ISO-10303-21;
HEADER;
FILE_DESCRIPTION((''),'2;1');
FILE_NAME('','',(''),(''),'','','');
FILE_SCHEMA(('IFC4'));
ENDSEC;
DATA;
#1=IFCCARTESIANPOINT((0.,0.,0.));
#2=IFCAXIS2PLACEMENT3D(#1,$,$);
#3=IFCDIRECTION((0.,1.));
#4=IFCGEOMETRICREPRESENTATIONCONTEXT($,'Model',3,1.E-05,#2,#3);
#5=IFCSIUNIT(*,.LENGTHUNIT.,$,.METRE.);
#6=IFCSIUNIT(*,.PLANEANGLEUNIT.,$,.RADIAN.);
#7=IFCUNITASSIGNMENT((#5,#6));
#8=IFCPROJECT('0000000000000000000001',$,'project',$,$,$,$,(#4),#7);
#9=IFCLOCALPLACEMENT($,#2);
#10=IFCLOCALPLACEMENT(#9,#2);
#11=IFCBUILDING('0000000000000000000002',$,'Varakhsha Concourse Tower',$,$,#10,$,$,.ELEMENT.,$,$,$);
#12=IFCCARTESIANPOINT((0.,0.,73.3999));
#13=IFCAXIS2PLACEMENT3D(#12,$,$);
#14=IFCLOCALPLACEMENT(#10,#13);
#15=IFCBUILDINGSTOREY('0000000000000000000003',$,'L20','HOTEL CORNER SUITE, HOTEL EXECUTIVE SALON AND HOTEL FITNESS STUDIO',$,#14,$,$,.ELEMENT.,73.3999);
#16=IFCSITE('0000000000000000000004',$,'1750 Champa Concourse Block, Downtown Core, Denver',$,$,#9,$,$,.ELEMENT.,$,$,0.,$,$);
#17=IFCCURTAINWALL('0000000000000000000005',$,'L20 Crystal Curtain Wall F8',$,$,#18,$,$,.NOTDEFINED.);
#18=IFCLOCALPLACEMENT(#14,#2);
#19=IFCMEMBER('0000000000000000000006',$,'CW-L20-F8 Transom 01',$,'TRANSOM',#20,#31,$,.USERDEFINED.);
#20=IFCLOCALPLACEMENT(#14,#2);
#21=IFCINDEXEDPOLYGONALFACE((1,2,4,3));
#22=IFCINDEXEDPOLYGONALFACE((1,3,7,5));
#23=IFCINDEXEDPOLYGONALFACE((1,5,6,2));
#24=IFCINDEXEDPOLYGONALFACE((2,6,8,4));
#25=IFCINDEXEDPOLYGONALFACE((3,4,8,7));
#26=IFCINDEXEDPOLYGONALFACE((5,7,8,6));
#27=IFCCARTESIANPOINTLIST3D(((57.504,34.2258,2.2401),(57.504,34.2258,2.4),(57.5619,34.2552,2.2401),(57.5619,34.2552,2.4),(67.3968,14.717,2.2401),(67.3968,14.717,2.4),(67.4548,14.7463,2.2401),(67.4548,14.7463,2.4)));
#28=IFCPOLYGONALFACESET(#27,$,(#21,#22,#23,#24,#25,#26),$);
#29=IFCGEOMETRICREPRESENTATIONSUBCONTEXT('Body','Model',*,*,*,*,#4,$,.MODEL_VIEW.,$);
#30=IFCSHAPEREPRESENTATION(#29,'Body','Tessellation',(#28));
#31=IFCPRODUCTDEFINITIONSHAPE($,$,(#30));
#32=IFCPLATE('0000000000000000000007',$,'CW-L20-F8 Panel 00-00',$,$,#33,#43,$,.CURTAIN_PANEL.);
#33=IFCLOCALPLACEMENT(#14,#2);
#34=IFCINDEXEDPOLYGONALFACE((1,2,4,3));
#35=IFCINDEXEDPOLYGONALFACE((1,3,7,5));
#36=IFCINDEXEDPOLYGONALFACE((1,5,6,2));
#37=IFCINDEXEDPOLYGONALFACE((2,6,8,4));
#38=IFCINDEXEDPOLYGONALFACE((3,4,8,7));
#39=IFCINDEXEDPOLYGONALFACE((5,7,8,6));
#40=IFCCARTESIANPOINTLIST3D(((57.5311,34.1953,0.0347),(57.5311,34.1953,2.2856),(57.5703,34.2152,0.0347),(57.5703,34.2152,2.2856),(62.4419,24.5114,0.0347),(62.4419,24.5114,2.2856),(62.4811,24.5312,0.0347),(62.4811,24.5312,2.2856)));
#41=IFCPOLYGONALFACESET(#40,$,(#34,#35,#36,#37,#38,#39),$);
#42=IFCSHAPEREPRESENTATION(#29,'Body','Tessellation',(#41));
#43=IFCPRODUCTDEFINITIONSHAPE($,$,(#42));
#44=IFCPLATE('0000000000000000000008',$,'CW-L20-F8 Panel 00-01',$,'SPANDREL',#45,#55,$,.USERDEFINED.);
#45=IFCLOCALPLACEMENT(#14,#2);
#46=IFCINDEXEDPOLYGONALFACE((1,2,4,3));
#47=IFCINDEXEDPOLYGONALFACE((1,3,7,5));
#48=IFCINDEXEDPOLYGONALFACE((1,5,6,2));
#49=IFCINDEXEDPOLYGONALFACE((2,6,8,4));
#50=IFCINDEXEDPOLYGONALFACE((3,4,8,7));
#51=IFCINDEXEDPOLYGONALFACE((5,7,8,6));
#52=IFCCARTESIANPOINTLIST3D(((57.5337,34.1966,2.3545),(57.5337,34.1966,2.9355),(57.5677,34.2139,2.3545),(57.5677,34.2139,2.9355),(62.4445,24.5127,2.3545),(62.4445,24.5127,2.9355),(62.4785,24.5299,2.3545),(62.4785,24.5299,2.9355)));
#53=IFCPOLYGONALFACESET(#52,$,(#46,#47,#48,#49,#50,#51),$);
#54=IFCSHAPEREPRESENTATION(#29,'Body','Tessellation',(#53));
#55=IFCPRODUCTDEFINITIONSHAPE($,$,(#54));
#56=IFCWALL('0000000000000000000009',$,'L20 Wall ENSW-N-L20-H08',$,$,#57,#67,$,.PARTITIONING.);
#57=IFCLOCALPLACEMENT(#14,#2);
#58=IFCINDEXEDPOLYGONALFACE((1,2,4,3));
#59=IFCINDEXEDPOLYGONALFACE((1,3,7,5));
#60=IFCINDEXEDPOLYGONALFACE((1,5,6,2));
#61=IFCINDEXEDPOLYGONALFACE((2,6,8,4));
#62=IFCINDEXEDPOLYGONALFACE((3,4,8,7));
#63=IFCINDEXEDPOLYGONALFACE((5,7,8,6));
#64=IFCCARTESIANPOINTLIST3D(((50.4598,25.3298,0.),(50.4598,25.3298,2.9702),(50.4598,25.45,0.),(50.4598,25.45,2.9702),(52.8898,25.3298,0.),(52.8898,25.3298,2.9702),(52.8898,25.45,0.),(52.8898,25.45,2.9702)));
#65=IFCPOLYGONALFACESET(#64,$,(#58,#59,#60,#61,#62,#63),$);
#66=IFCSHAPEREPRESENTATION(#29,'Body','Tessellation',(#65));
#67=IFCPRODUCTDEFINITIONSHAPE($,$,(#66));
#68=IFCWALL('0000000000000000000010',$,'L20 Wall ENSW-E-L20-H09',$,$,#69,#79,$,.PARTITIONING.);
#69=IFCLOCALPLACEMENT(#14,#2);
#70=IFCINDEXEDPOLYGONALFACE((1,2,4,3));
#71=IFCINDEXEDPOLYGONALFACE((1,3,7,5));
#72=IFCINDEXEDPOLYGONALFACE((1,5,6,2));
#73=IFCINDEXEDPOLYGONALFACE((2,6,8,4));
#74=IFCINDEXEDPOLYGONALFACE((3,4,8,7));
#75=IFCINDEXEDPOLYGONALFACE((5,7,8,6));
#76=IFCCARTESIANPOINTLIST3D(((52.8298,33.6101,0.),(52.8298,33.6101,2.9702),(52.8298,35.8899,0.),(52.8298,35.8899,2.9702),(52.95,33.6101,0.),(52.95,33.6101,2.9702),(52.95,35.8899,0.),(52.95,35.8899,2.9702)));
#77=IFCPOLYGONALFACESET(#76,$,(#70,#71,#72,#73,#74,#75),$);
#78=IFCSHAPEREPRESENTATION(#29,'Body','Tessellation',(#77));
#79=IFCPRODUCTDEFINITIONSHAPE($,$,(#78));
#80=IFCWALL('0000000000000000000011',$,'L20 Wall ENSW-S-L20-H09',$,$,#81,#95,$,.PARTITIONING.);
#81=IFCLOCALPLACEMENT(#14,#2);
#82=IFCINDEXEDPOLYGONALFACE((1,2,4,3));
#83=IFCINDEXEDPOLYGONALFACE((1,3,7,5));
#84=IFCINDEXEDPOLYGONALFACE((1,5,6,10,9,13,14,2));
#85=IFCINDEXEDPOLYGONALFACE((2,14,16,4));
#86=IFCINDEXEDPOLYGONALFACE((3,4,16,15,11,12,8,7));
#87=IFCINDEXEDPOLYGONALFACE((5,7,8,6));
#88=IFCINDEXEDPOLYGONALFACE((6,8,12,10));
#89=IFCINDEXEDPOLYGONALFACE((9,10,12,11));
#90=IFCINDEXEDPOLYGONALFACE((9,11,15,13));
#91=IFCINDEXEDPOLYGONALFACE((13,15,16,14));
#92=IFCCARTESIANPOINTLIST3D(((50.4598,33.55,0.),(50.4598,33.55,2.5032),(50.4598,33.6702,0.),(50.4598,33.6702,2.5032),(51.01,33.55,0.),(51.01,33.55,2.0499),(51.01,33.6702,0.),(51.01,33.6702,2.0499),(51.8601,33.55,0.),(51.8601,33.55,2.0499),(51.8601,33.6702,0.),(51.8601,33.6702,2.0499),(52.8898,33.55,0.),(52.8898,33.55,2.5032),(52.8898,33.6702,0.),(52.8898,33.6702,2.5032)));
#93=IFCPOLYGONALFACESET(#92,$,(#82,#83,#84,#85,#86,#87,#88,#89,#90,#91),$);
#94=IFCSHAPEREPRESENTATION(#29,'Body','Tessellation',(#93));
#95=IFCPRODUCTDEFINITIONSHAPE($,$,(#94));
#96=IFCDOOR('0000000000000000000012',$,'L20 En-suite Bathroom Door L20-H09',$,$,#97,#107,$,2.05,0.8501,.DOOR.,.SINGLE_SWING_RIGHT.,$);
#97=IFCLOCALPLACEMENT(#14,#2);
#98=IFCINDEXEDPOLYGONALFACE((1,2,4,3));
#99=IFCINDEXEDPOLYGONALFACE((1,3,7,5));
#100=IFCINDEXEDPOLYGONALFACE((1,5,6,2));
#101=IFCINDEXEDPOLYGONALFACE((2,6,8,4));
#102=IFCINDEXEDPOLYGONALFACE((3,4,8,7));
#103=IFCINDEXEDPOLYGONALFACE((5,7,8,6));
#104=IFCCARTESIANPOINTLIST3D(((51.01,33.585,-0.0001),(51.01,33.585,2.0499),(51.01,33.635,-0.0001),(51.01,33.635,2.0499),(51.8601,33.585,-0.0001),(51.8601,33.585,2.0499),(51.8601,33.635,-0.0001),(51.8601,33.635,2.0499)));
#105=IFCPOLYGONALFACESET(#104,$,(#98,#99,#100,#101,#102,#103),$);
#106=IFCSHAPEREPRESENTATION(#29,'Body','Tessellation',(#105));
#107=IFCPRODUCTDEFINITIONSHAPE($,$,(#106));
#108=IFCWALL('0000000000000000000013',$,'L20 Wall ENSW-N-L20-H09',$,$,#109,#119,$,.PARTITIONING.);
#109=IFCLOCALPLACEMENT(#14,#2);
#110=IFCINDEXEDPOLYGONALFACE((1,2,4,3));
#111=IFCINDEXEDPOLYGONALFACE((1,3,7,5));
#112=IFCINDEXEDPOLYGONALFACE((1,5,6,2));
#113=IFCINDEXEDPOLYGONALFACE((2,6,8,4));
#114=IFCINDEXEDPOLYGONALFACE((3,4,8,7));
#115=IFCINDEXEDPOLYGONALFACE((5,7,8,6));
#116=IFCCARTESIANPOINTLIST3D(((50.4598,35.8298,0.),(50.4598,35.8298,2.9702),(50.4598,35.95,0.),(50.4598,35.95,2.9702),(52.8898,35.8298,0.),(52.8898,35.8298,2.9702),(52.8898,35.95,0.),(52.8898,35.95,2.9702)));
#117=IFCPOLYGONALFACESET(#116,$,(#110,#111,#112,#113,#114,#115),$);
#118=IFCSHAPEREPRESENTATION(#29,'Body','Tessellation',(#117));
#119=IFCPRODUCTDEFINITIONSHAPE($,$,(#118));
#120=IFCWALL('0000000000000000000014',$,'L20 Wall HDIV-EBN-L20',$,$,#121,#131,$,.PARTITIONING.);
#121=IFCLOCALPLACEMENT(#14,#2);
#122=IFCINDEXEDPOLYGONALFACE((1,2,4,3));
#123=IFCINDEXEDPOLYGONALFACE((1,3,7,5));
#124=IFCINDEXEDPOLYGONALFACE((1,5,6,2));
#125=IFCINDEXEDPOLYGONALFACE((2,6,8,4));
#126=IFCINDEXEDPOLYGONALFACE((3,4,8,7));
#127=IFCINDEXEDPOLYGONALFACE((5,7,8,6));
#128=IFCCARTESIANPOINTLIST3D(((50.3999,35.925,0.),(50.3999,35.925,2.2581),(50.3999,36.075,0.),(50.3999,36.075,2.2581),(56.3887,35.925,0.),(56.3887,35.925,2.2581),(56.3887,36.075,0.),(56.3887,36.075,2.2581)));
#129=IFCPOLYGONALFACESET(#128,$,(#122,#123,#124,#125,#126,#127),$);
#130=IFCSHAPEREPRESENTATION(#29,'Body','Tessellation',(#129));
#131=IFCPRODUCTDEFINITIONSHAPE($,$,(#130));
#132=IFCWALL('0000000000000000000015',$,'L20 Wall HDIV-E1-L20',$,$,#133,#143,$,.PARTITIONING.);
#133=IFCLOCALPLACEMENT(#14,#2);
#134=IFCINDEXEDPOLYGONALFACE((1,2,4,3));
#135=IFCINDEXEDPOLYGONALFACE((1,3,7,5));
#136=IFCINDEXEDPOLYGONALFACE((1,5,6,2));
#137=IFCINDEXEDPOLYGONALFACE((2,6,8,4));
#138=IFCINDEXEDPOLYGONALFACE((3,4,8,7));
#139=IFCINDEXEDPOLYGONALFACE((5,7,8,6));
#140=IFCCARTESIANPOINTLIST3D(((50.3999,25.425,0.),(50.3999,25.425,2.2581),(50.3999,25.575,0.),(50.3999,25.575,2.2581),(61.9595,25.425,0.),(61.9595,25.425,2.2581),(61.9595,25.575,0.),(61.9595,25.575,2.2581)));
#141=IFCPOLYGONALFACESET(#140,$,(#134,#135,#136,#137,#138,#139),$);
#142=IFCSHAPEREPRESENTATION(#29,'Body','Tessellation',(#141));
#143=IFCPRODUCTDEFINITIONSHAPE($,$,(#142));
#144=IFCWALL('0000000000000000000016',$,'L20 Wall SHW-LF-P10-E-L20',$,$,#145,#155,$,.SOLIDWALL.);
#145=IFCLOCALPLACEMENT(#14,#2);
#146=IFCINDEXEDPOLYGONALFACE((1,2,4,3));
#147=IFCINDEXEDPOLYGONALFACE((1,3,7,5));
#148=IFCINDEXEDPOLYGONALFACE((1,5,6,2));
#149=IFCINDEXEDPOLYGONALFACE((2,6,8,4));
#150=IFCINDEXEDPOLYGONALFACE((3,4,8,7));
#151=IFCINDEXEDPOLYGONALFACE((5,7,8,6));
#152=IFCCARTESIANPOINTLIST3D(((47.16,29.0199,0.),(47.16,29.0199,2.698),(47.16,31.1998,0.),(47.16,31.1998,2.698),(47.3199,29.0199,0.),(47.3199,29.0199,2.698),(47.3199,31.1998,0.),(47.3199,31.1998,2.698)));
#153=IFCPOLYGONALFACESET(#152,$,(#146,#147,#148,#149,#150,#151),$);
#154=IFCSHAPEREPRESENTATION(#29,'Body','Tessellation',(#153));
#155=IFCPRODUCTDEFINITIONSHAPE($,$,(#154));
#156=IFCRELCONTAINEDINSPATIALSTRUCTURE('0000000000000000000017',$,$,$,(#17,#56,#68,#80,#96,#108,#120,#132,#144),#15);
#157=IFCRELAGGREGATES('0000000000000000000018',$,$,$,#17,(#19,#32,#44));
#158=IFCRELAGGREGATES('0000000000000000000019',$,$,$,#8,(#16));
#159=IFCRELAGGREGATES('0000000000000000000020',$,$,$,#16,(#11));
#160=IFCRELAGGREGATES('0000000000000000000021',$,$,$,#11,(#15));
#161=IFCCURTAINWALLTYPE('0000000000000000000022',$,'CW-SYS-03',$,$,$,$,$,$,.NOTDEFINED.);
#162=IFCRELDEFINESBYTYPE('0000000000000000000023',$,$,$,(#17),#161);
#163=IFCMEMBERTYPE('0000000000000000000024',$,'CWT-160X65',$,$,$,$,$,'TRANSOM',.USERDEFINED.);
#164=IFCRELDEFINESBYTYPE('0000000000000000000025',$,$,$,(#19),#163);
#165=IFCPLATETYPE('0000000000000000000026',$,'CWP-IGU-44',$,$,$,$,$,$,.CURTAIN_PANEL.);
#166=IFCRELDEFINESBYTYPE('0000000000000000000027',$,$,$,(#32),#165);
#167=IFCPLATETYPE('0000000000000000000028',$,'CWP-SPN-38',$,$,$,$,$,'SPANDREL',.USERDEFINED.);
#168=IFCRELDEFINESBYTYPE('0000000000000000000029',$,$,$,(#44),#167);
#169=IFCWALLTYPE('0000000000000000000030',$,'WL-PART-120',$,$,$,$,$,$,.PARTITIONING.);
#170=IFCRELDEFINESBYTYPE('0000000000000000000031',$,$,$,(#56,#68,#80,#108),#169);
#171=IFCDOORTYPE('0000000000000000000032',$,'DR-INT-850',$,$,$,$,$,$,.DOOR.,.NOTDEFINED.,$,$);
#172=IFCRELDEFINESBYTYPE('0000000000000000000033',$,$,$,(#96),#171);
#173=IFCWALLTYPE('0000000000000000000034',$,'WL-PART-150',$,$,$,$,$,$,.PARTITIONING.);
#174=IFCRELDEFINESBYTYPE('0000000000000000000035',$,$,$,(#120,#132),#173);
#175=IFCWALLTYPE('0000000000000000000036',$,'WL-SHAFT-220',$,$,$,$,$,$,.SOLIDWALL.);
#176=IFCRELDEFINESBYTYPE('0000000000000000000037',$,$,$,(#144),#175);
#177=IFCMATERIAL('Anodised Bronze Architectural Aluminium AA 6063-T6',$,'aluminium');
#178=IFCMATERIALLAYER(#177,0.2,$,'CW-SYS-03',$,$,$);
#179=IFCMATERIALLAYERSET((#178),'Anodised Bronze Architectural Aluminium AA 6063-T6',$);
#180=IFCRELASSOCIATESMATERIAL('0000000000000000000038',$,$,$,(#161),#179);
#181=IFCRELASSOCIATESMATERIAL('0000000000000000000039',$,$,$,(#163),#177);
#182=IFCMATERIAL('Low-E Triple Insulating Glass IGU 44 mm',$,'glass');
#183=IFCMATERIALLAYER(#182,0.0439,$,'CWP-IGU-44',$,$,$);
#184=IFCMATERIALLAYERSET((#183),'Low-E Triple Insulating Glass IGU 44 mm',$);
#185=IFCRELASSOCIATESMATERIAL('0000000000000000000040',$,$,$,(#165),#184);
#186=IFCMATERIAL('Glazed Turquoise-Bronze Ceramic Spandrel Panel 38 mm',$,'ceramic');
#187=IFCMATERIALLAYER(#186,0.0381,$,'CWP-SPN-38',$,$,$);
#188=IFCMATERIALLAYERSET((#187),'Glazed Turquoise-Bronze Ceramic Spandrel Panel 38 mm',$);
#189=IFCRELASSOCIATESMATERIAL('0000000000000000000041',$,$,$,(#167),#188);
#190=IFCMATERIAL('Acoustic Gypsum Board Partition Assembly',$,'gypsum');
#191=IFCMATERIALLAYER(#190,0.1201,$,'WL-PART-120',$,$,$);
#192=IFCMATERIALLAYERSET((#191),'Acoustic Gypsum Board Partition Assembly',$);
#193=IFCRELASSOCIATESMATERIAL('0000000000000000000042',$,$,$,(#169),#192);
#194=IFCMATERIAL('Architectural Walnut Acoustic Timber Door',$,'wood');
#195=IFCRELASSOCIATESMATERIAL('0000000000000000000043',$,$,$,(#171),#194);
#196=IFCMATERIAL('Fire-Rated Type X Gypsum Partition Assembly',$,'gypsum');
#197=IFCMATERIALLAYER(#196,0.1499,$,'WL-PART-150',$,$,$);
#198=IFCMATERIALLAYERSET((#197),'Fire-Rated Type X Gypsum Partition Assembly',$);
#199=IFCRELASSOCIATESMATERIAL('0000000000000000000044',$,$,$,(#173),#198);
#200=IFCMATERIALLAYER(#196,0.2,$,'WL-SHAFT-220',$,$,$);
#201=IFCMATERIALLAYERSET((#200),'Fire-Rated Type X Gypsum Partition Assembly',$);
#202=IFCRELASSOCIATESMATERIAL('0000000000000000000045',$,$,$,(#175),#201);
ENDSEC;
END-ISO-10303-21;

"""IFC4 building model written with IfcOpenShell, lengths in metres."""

from ifc_helpers import new_model, si_unit, direction, frame, frame_2d, origin, origin_2d, place, context, subcontext, project, spatial, rectangle, extrude, source, transform, mapped, material, layer, layer_set, material_profile, profile_set, type_object, type_shapes, element, fill, aggregate, save


model = new_model("IFC4")

# Units and contexts
model_context = context("Model", 3, precision=1e-05, world=origin(), true_north=direction((0.0, 1.0)))
body_context = subcontext(model_context, "Body", "Model", "MODEL_VIEW")
ifc_project = project(units=[si_unit("LENGTHUNIT", "METRE"), si_unit("PLANEANGLEUNIT", "RADIAN")], contexts=[model_context])

# Site, building, storey
site_placement = place(None, origin())
site = spatial("IfcSite", under=ifc_project, at=site_placement, Name="1750 Champa Concourse Block, Downtown Core, Denver", CompositionType="ELEMENT", RefElevation=0.0)
building_placement = place(site_placement, origin())
building = spatial("IfcBuilding", under=site, at=building_placement, Name="Varakhsha Concourse Tower", CompositionType="ELEMENT")
storey_placement = place(building_placement, frame((0.0, 0.0, 73.3999)))
storey = spatial("IfcBuildingStorey", under=building, at=storey_placement, Name="L20", Description="HOTEL CORNER SUITE, HOTEL EXECUTIVE SALON AND HOTEL FITNESS STUDIO", CompositionType="ELEMENT", Elevation=73.3999)

# Curtain wall
ifc_material_1 = material(Name="Anodised Bronze Architectural Aluminium AA 6063-T6", Category="aluminium")
ifc_layer_1 = layer(ifc_material_1, 0.2, Name="CW-SYS-03")
ifc_layer_set_1 = layer_set([ifc_layer_1], Name="Anodised Bronze Architectural Aluminium AA 6063-T6")
curtain_wall_type = type_object("IfcCurtainWallType", Name="CW-SYS-03", PredefinedType="NOTDEFINED", material=ifc_layer_set_1)
curtain_wall_1_placement = place(storey_placement, origin())
curtain_wall_1 = element("IfcCurtainWall", 1, at=curtain_wall_1_placement, inside=storey, type_object=curtain_wall_type, Name="L20 Crystal Curtain Wall F8", PredefinedType="NOTDEFINED")

# Member
ifc_material_profile_1 = material_profile(ifc_material_1, rectangle(XDim=0.0649, YDim=0.1599, at=origin_2d()), Name="CWT-160X65")
ifc_profile_set_1 = profile_set([ifc_material_profile_1], Name="Anodised Bronze Architectural Aluminium AA 6063-T6")
member_type_1 = type_object("IfcMemberType", Name="CWT-160X65", ElementType="TRANSOM", PredefinedType="USERDEFINED", material=ifc_profile_set_1)
shared_shape_1 = source(origin(), body_context, "Body", "SweptSolid", [
    extrude(rectangle(XDim=0.0649, YDim=0.1599, at=origin_2d()), origin(), (0.0, 0.0, 1.0), 21.8738),
])
type_shapes(member_type_1, [shared_shape_1])
member_1_placement = place(storey_placement, frame((57.533, 34.2405, 2.3201), z_axis=(0.452269, -0.891881, 0.0), x_axis=(0.891881, 0.452269, 0.0)))
member_1 = element("IfcMember", 2, at=member_1_placement, type_object=member_type_1, Name="CW-L20-F8 Transom 01", ObjectType="TRANSOM", PredefinedType="USERDEFINED", context=body_context, shape_type="MappedRepresentation", body=[
    mapped(shared_shape_1, transform((0.0, 0.0, 0.0), scale=1.0)),
])

# Plates
ifc_material_2 = material(Name="Low-E Triple Insulating Glass IGU 44 mm", Category="glass")
ifc_layer_2 = layer(ifc_material_2, 0.0439, Name="CWP-IGU-44")
ifc_layer_set_2 = layer_set([ifc_layer_2], Name="Low-E Triple Insulating Glass IGU 44 mm")
plate_type_1 = type_object("IfcPlateType", Name="CWP-IGU-44", PredefinedType="CURTAIN_PANEL", material=ifc_layer_set_2)
shared_shape_2 = source(origin(), body_context, "Body", "SweptSolid", [
    extrude(rectangle(XDim=10.8579, YDim=0.0439, at=origin_2d()), origin(), (0.0, 0.0, 1.0), 2.251),
])
type_shapes(plate_type_1, [shared_shape_2])
plate_1_placement = place(storey_placement, frame((60.0061, 29.3633, 0.0347), z_axis=(0.0, 0.0, 1.0), x_axis=(0.452274, -0.891879, 0.0)))
plate_1 = element("IfcPlate", 3, at=plate_1_placement, type_object=plate_type_1, Name="CW-L20-F8 Panel 00-00", PredefinedType="CURTAIN_PANEL", context=body_context, shape_type="MappedRepresentation", body=[
    mapped(shared_shape_2, transform((0.0, 0.0, 0.0), scale=1.0)),
])
ifc_material_3 = material(Name="Glazed Turquoise-Bronze Ceramic Spandrel Panel 38 mm", Category="ceramic")
ifc_layer_3 = layer(ifc_material_3, 0.0381, Name="CWP-SPN-38")
ifc_layer_set_3 = layer_set([ifc_layer_3], Name="Glazed Turquoise-Bronze Ceramic Spandrel Panel 38 mm")
plate_type_2 = type_object("IfcPlateType", Name="CWP-SPN-38", ElementType="SPANDREL", PredefinedType="USERDEFINED", material=ifc_layer_set_3)
shared_shape_3 = source(origin(), body_context, "Body", "SweptSolid", [
    extrude(rectangle(XDim=10.8579, YDim=0.0381, at=origin_2d()), origin(), (0.0, 0.0, 1.0), 0.5811),
])
type_shapes(plate_type_2, [shared_shape_3])
plate_2_placement = place(storey_placement, frame((60.0061, 29.3633, 2.3545), z_axis=(0.0, 0.0, 1.0), x_axis=(0.452274, -0.891879, 0.0)))
plate_2 = element("IfcPlate", 4, at=plate_2_placement, type_object=plate_type_2, Name="CW-L20-F8 Panel 00-01", ObjectType="SPANDREL", PredefinedType="USERDEFINED", context=body_context, shape_type="MappedRepresentation", body=[
    mapped(shared_shape_3, transform((0.0, 0.0, 0.0), scale=1.0)),
])
aggregate(curtain_wall_1, [member_1, plate_1, plate_2])

# Walls
ifc_material_4 = material(Name="Acoustic Gypsum Board Partition Assembly", Category="gypsum")
ifc_layer_4 = layer(ifc_material_4, 0.1201, Name="WL-PART-120")
ifc_layer_set_4 = layer_set([ifc_layer_4], Name="Acoustic Gypsum Board Partition Assembly")
wall_type_1 = type_object("IfcWallType", Name="WL-PART-120", PredefinedType="PARTITIONING", material=ifc_layer_set_4)
wall_1_placement = place(storey_placement, frame((50.46, 25.3899, 0.0), z_axis=(0.0, 0.0, 1.0), x_axis=(1.0, 0.0, 0.0)))
element("IfcWall", 5, at=wall_1_placement, inside=storey, type_object=wall_type_1, Name="L20 Wall ENSW-N-L20-H08", PredefinedType="PARTITIONING", context=body_context, shape_type="SweptSolid", body=[
    extrude(rectangle(XDim=2.4299, YDim=0.1201, at=frame_2d((1.2148, 0.0))), origin(), (0.0, 0.0, 1.0), 2.9702),
])
wall_2_placement = place(storey_placement, frame((52.8899, 33.6101, 0.0), z_axis=(0.0, 0.0, 1.0), x_axis=(0.0, 1.0, 0.0)))
element("IfcWall", 6, at=wall_2_placement, inside=storey, type_object=wall_type_1, Name="L20 Wall ENSW-E-L20-H09", PredefinedType="PARTITIONING", context=body_context, shape_type="SweptSolid", body=[
    extrude(rectangle(XDim=2.2798, YDim=0.1201, at=frame_2d((1.1399, 0.0))), origin(), (0.0, 0.0, 1.0), 2.9702),
])

# Wall, opening, door
wall_3_placement = place(storey_placement, frame((50.46, 33.6101, 0.0), z_axis=(0.0, 0.0, 1.0), x_axis=(1.0, 0.0, 0.0)))
wall_3 = element("IfcWall", 7, at=wall_3_placement, inside=storey, type_object=wall_type_1, Name="L20 Wall ENSW-S-L20-H09", PredefinedType="PARTITIONING", context=body_context, shape_type="SweptSolid", body=[
    extrude(rectangle(XDim=2.4299, YDim=0.1201, at=frame_2d((1.2148, 0.0))), origin(), (0.0, 0.0, 1.0), 2.5032),
])
opening_placement = place(wall_3_placement, frame((0.55, 0.0, 0.0)))
opening = element("IfcOpeningElement", 8, at=opening_placement, cuts=wall_3, PredefinedType="OPENING", context=body_context, shape_type="SweptSolid", body=[
    extrude(rectangle(XDim=0.8501, YDim=2.05, at=frame_2d((0.425, 1.0249))), frame((0.0, 0.0701, 0.0), z_axis=(0.0, -1.0, 0.0), x_axis=(1.0, 0.0, 0.0)), (0.0, 0.0, 1.0), 0.1401),
])
ifc_material_5 = material(Name="Architectural Walnut Acoustic Timber Door", Category="wood")
door_type = type_object("IfcDoorType", Name="DR-INT-850", OperationType="NOTDEFINED", PredefinedType="DOOR", material=ifc_material_5)
door_placement = place(opening_placement, origin())
door = element("IfcDoor", 9, at=door_placement, inside=storey, type_object=door_type, Name="L20 En-suite Bathroom Door L20-H09", OperationType="SINGLE_SWING_RIGHT", OverallHeight=2.05, OverallWidth=0.8501, PredefinedType="DOOR", context=body_context, shape_type="SweptSolid", body=[
    extrude(rectangle(XDim=0.8501, YDim=2.05, at=frame_2d((0.425, 1.0249))), frame((0.0, 0.0249, 0.0), z_axis=(0.0, -1.0, 0.0), x_axis=(1.0, 0.0, 0.0)), (0.0, 0.0, 1.0), 0.05),
])
fill(opening, door)

# Walls
wall_4_placement = place(storey_placement, frame((50.46, 35.8899, 0.0), z_axis=(0.0, 0.0, 1.0), x_axis=(1.0, 0.0, 0.0)))
element("IfcWall", 10, at=wall_4_placement, inside=storey, type_object=wall_type_1, Name="L20 Wall ENSW-N-L20-H09", PredefinedType="PARTITIONING", context=body_context, shape_type="SweptSolid", body=[
    extrude(rectangle(XDim=2.4299, YDim=0.1201, at=frame_2d((1.2148, 0.0))), origin(), (0.0, 0.0, 1.0), 2.9702),
])
ifc_material_6 = material(Name="Fire-Rated Type X Gypsum Partition Assembly", Category="gypsum")
ifc_layer_5 = layer(ifc_material_6, 0.1499, Name="WL-PART-150")
ifc_layer_set_5 = layer_set([ifc_layer_5], Name="Fire-Rated Type X Gypsum Partition Assembly")
wall_type_2 = type_object("IfcWallType", Name="WL-PART-150", PredefinedType="PARTITIONING", material=ifc_layer_set_5)
wall_5_placement = place(storey_placement, frame((50.3999, 36.0, 0.0), z_axis=(0.0, 0.0, 1.0), x_axis=(1.0, 0.0, 0.0)))
element("IfcWall", 11, at=wall_5_placement, inside=storey, type_object=wall_type_2, Name="L20 Wall HDIV-EBN-L20", PredefinedType="PARTITIONING", context=body_context, shape_type="SweptSolid", body=[
    extrude(rectangle(XDim=5.9888, YDim=0.1499, at=frame_2d((2.9944, 0.0))), origin(), (0.0, 0.0, 1.0), 2.2581),
])
wall_6_placement = place(storey_placement, frame((50.3999, 25.5, 0.0), z_axis=(0.0, 0.0, 1.0), x_axis=(1.0, 0.0, 0.0)))
element("IfcWall", 12, at=wall_6_placement, inside=storey, type_object=wall_type_2, Name="L20 Wall HDIV-E1-L20", PredefinedType="PARTITIONING", context=body_context, shape_type="SweptSolid", body=[
    extrude(rectangle(XDim=11.5596, YDim=0.1499, at=frame_2d((5.7798, 0.0))), origin(), (0.0, 0.0, 1.0), 2.2581),
])
ifc_layer_6 = layer(ifc_material_6, 0.2, Name="WL-SHAFT-220")
ifc_layer_set_6 = layer_set([ifc_layer_6], Name="Fire-Rated Type X Gypsum Partition Assembly")
wall_type_3 = type_object("IfcWallType", Name="WL-SHAFT-220", PredefinedType="SOLIDWALL", material=ifc_layer_set_6)
wall_7_placement = place(storey_placement, frame((47.24, 29.02, 0.0), z_axis=(0.0, 0.0, 1.0), x_axis=(0.0, 1.0, 0.0)))
element("IfcWall", 13, at=wall_7_placement, inside=storey, type_object=wall_type_3, Name="L20 Wall SHW-LF-P10-E-L20", PredefinedType="SOLIDWALL", context=body_context, shape_type="SweptSolid", body=[
    extrude(rectangle(XDim=2.1799, YDim=0.1599, at=frame_2d((1.0898, 0.0))), origin(), (0.0, 0.0, 1.0), 2.698),
])

save(model, "model.ifc")
